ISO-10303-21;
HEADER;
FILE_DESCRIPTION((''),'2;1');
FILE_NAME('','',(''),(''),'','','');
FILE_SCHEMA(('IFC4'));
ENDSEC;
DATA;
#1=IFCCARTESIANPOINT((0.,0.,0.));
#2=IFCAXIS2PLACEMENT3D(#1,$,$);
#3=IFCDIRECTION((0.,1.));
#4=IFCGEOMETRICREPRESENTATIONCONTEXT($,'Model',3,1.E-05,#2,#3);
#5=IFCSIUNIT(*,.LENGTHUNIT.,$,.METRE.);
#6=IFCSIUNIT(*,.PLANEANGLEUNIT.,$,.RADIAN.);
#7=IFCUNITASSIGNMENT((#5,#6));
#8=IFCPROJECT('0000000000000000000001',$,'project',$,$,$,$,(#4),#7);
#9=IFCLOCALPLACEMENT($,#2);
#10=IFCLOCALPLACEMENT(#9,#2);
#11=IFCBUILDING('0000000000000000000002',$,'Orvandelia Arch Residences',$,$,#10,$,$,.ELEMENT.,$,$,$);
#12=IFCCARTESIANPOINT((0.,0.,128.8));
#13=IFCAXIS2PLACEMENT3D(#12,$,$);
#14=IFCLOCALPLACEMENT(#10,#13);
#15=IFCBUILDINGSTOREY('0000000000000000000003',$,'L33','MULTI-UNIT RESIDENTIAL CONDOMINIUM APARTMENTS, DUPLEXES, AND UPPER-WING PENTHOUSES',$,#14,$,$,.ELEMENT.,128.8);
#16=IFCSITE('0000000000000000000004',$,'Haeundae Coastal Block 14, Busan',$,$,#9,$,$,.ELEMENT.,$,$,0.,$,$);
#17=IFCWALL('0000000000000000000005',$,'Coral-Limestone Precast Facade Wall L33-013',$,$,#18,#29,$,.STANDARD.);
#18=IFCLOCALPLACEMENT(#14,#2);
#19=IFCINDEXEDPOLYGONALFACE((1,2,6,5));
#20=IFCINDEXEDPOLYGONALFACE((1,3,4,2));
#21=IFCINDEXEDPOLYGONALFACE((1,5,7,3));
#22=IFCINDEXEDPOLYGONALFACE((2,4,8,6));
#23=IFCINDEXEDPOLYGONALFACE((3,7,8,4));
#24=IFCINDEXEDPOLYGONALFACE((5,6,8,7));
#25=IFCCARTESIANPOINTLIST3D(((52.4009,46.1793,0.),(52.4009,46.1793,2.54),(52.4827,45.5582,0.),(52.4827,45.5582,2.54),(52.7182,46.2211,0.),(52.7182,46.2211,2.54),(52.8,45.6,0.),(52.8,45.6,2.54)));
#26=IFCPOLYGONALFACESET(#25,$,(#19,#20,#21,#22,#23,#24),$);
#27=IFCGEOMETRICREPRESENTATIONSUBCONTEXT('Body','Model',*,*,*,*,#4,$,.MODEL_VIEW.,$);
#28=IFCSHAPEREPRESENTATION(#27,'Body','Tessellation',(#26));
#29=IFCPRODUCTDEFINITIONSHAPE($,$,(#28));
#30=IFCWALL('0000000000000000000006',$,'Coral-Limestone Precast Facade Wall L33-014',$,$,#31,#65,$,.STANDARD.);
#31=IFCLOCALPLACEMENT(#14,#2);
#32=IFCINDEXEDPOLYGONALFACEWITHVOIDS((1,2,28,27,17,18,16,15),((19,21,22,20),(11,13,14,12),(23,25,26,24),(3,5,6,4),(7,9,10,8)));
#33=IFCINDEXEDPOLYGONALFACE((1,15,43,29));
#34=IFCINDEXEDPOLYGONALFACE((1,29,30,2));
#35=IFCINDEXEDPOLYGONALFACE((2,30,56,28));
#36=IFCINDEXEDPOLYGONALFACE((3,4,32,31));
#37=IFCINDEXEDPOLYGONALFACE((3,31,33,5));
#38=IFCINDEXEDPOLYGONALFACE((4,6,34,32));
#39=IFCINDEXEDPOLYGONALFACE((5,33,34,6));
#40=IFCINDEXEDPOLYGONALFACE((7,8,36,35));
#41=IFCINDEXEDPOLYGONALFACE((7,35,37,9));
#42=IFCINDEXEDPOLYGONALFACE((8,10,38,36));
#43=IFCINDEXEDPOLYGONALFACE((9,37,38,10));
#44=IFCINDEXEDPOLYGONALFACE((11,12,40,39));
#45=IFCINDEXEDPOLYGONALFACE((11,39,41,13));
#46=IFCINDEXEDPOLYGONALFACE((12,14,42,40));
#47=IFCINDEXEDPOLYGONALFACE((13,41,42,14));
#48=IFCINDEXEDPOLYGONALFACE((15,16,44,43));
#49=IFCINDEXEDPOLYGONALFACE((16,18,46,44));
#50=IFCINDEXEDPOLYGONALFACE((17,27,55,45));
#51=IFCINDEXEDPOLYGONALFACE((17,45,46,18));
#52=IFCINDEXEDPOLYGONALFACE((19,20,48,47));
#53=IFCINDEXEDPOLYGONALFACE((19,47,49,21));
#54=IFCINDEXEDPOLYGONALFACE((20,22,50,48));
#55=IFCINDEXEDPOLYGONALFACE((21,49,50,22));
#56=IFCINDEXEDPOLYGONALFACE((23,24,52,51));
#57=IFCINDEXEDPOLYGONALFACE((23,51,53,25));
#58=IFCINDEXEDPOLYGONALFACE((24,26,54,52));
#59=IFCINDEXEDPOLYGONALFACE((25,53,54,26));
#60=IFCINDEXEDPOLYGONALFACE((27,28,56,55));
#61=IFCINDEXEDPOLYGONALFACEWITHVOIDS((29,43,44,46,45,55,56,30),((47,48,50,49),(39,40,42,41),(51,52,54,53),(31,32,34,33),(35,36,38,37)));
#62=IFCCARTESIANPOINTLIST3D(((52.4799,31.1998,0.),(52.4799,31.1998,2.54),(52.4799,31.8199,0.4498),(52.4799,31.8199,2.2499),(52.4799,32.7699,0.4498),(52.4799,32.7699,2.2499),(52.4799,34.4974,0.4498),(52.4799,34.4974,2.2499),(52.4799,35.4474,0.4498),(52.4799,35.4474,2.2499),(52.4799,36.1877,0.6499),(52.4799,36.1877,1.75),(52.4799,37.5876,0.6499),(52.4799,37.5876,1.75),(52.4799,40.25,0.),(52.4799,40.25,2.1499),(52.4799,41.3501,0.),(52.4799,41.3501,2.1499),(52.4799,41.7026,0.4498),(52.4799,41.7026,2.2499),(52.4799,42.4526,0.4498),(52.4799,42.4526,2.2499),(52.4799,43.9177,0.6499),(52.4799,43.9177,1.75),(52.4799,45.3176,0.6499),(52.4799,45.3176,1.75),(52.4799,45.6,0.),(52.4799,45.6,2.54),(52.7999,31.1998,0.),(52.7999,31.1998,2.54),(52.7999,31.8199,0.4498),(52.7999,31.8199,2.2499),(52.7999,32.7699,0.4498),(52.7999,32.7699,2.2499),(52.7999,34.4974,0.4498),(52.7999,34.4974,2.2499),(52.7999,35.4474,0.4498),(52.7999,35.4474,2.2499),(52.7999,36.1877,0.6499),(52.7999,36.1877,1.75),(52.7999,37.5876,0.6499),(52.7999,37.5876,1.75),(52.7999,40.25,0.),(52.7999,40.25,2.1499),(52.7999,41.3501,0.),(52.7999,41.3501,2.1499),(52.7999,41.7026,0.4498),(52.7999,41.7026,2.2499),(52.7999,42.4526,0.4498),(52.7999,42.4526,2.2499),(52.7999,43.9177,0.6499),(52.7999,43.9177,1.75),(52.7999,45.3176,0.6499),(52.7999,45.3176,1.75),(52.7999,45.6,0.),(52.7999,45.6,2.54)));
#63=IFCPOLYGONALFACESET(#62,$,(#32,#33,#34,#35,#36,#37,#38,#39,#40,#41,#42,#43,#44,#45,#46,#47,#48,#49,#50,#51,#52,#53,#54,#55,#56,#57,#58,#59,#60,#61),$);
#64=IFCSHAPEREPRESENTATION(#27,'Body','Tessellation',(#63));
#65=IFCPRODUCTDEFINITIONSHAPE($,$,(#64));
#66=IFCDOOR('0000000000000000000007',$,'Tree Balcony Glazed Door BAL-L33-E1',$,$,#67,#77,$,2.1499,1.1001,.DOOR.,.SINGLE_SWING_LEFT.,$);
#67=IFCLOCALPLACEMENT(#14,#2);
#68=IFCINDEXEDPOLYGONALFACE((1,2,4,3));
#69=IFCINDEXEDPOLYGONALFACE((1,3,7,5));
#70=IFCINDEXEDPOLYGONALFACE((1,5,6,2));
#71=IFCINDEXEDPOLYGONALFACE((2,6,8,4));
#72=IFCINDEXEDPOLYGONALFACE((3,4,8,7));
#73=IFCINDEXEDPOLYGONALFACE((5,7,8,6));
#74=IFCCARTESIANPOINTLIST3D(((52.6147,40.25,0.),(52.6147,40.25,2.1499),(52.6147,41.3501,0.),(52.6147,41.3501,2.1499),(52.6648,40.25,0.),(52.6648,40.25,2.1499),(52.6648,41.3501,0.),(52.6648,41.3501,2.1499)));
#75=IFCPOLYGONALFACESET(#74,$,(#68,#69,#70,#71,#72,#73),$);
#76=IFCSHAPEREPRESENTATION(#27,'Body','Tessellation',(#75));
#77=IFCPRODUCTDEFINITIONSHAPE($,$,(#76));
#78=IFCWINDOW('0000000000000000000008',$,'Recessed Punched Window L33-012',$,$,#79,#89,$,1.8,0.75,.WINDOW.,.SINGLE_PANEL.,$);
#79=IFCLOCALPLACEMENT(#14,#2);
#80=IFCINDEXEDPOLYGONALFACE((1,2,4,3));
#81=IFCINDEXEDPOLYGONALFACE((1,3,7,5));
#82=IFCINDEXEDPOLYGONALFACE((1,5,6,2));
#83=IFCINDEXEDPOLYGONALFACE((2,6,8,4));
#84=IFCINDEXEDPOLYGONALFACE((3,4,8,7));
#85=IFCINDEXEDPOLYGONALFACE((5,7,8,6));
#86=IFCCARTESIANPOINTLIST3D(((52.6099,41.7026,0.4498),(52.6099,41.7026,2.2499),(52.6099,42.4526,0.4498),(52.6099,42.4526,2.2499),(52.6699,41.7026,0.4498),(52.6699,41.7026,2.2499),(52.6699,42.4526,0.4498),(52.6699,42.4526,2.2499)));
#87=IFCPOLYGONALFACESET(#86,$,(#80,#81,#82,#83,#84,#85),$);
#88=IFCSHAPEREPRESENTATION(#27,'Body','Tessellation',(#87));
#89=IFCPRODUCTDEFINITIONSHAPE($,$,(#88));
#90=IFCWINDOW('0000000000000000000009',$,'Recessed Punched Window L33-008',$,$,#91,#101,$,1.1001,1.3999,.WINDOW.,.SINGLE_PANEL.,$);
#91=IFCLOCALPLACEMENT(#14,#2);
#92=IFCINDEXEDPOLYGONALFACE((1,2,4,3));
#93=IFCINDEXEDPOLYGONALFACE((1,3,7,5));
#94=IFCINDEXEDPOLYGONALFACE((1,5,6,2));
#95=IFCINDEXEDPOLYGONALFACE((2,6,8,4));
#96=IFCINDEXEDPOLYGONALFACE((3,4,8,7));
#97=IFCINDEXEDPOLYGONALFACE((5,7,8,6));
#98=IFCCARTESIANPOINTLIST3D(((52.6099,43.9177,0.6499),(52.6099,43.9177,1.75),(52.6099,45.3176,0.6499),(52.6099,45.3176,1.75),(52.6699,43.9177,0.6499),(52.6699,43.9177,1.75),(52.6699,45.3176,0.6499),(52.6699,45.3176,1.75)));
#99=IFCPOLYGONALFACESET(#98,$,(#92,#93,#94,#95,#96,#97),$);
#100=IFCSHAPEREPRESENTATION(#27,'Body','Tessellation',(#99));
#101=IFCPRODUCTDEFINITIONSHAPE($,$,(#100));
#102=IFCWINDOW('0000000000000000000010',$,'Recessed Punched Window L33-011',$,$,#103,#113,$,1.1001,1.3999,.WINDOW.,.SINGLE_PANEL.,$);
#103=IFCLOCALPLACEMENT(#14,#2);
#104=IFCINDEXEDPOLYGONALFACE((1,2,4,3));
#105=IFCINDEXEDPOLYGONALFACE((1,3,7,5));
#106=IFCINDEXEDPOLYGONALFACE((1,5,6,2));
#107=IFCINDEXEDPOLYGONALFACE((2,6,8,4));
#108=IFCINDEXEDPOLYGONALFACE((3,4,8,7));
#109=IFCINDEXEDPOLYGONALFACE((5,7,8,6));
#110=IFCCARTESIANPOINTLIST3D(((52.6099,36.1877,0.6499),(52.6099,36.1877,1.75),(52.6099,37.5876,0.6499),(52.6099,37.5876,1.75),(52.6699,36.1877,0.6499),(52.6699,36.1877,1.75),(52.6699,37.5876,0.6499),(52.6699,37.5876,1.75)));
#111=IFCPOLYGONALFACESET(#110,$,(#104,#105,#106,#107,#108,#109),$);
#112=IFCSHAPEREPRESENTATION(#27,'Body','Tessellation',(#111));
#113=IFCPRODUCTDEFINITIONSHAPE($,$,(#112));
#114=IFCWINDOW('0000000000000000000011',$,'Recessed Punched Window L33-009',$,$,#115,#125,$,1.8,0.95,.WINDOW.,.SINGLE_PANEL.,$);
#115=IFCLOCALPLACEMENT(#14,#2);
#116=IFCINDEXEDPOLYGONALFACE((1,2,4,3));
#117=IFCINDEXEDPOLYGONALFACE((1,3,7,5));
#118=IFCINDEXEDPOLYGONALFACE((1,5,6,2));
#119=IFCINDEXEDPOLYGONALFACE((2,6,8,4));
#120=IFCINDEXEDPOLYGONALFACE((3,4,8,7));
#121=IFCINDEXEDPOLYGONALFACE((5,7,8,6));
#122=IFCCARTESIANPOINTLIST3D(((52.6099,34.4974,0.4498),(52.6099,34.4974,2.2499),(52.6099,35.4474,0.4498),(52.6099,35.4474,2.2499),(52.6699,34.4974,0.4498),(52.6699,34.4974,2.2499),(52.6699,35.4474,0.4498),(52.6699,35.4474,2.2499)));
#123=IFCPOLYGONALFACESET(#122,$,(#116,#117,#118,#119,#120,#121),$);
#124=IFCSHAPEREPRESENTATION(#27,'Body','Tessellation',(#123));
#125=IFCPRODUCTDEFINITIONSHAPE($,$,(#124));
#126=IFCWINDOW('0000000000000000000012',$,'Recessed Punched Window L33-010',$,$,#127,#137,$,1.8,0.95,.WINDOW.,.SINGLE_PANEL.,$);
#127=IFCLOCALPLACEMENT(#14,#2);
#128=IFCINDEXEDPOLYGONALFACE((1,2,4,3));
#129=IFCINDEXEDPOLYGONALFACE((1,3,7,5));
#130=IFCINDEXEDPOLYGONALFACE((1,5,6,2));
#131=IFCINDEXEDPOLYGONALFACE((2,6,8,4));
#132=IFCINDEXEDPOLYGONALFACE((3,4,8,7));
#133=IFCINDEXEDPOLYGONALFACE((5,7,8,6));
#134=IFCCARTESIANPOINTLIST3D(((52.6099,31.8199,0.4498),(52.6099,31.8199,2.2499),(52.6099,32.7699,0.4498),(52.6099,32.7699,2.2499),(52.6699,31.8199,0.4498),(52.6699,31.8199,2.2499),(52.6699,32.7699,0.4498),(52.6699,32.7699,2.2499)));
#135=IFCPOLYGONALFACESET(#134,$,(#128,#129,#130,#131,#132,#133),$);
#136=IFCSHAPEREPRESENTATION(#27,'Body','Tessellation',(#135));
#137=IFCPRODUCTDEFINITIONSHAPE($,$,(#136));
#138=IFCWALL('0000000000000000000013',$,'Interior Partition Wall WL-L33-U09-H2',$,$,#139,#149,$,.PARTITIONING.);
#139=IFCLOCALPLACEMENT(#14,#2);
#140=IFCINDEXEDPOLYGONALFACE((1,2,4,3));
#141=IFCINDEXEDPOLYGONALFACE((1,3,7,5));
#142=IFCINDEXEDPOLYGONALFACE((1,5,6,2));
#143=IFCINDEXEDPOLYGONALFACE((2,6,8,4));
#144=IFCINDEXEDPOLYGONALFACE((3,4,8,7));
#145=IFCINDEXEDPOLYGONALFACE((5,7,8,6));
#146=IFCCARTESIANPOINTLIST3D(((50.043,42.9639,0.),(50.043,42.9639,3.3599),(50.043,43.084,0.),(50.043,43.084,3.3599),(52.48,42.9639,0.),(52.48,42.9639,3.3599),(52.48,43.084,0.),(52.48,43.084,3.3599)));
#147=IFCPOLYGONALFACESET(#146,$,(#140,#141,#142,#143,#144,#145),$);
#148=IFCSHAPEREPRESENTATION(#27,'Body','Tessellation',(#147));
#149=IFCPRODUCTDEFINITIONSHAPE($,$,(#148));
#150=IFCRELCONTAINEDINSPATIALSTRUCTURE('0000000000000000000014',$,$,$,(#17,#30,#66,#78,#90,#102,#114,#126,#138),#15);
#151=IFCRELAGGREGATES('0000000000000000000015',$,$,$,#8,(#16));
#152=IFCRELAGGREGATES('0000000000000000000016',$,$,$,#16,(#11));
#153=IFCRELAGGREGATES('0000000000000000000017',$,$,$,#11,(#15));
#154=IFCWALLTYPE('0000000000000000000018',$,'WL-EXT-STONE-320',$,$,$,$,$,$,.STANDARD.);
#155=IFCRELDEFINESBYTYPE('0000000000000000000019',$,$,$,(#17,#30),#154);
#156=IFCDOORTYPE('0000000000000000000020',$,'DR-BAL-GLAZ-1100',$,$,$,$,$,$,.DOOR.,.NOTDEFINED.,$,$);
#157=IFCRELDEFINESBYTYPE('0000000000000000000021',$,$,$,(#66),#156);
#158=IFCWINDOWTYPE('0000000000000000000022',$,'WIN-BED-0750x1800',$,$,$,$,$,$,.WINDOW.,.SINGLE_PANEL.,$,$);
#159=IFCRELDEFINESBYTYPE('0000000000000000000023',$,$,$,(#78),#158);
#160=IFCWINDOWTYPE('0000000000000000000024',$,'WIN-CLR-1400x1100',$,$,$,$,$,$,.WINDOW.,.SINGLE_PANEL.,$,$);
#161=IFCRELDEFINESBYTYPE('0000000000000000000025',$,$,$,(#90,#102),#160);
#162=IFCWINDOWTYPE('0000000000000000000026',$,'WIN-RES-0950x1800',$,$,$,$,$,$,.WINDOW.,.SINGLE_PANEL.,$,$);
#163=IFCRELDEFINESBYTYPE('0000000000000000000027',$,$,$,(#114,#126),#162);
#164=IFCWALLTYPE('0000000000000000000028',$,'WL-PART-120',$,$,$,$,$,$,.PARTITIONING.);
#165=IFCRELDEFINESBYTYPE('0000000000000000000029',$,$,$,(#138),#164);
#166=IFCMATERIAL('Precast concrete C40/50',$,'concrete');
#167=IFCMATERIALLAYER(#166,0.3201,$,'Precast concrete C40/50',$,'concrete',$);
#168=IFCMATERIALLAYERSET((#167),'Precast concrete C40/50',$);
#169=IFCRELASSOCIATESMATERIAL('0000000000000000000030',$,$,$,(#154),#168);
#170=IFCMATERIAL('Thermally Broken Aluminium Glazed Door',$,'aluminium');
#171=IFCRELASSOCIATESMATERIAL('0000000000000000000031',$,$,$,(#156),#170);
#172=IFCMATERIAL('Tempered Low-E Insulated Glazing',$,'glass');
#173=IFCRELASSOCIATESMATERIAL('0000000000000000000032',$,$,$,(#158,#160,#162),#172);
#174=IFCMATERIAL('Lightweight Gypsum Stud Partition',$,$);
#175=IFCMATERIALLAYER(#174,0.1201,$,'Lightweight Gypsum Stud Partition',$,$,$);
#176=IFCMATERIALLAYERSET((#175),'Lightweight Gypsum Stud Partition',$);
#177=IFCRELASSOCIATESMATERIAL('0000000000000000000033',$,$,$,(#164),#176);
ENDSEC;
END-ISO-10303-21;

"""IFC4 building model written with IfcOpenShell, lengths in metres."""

from ifc_helpers import new_model, si_unit, direction, frame, frame_2d, origin, place, context, subcontext, project, spatial, rectangle, extrude, material, layer, layer_set, type_object, element, fill, save


model = new_model("IFC4")

# Units and contexts
model_context = context("Model", 3, precision=1e-05, world=origin(), true_north=direction((0.0, 1.0)))
body_context = subcontext(model_context, "Body", "Model", "MODEL_VIEW")
ifc_project = project(units=[si_unit("LENGTHUNIT", "METRE"), si_unit("PLANEANGLEUNIT", "RADIAN")], contexts=[model_context])

# Site, building, storey
site_placement = place(None, origin())
site = spatial("IfcSite", under=ifc_project, at=site_placement, Name="Haeundae Coastal Block 14, Busan", CompositionType="ELEMENT", RefElevation=0.0)
building_placement = place(site_placement, origin())
building = spatial("IfcBuilding", under=site, at=building_placement, Name="Orvandelia Arch Residences", CompositionType="ELEMENT")
storey_placement = place(building_placement, frame((0.0, 0.0, 128.8)))
storey = spatial("IfcBuildingStorey", under=building, at=storey_placement, Name="L33", Description="MULTI-UNIT RESIDENTIAL CONDOMINIUM APARTMENTS, DUPLEXES, AND UPPER-WING PENTHOUSES", CompositionType="ELEMENT", Elevation=128.8)

# Wall
ifc_material_1 = material(Name="Precast concrete C40/50", Category="concrete")
ifc_layer_1 = layer(ifc_material_1, 0.3201, Name="Precast concrete C40/50", Category="concrete")
ifc_layer_set_1 = layer_set([ifc_layer_1], Name="Precast concrete C40/50")
wall_type_1 = type_object("IfcWallType", Name="WL-EXT-STONE-320", PredefinedType="STANDARD", material=ifc_layer_set_1)
for number, where, z_axis, x_axis, name in (
    (1, (52.5596, 46.2002, 0.0), (0.0, 0.0, 1.0), (0.130555, -0.991441, 0.0), "Coral-Limestone Precast Facade Wall L33-013"),
):
    element("IfcWall", number, at=place(storey_placement, frame(where, z_axis=z_axis, x_axis=x_axis)), inside=storey, type_object=wall_type_1, Name=name, PredefinedType="STANDARD", context=body_context, shape_type="SweptSolid", body=[
        extrude(rectangle(XDim=0.6265, YDim=0.3201, at=frame_2d((0.3132, 0.0))), origin(), (0.0, 0.0, 1.0), 2.54),
    ])

# Wall, openings, door, windows
wall_1_placement = place(storey_placement, frame((52.6399, 45.6001, 0.0), z_axis=(0.0, 0.0, 1.0), x_axis=(0.0, -1.0, 0.0)))
wall_1 = element("IfcWall", 2, at=wall_1_placement, inside=storey, type_object=wall_type_1, Name="Coral-Limestone Precast Facade Wall L33-014", PredefinedType="STANDARD", context=body_context, shape_type="SweptSolid", body=[
    extrude(rectangle(XDim=14.4001, YDim=0.3201, at=frame_2d((7.2002, 0.0))), origin(), (0.0, 0.0, 1.0), 2.54),
])
opening_1_placement = place(wall_1_placement, frame((4.25, 0.0, 0.0)))
opening_1 = element("IfcOpeningElement", 3, at=opening_1_placement, cuts=wall_1, PredefinedType="OPENING", context=body_context, shape_type="SweptSolid", body=[
    extrude(rectangle(XDim=1.1001, YDim=2.1499, at=frame_2d((0.55, 1.075))), frame((0.0, 0.1699, 0.0), z_axis=(0.0, -1.0, 0.0), x_axis=(1.0, 0.0, 0.0)), (0.0, 0.0, 1.0), 0.3401),
])
opening_2_placement = place(wall_1_placement, frame((0.2825, 0.0, 0.6499)))
opening_2 = element("IfcOpeningElement", 4, at=opening_2_placement, cuts=wall_1, PredefinedType="OPENING", context=body_context, shape_type="SweptSolid", body=[
    extrude(rectangle(XDim=1.3999, YDim=1.1001, at=frame_2d((0.7, 0.55))), frame((0.0, 0.1699, 0.0), z_axis=(0.0, -1.0, 0.0), x_axis=(1.0, 0.0, 0.0)), (0.0, 0.0, 1.0), 0.3401),
])
opening_3_placement = place(wall_1_placement, frame((10.1526, 0.0, 0.45)))
opening_3 = element("IfcOpeningElement", 5, at=opening_3_placement, cuts=wall_1, PredefinedType="OPENING", context=body_context, shape_type="SweptSolid", body=[
    extrude(rectangle(XDim=0.95, YDim=1.8, at=frame_2d((0.4751, 0.8999))), frame((0.0, 0.1699, 0.0), z_axis=(0.0, -1.0, 0.0), x_axis=(1.0, 0.0, 0.0)), (0.0, 0.0, 1.0), 0.3401),
])
opening_4_placement = place(wall_1_placement, frame((12.8301, 0.0, 0.45)))
opening_4 = element("IfcOpeningElement", 6, at=opening_4_placement, cuts=wall_1, PredefinedType="OPENING", context=body_context, shape_type="SweptSolid", body=[
    extrude(rectangle(XDim=0.95, YDim=1.8, at=frame_2d((0.4751, 0.8999))), frame((0.0, 0.1699, 0.0), z_axis=(0.0, -1.0, 0.0), x_axis=(1.0, 0.0, 0.0)), (0.0, 0.0, 1.0), 0.3401),
])
opening_5_placement = place(wall_1_placement, frame((8.0125, 0.0, 0.6499)))
opening_5 = element("IfcOpeningElement", 7, at=opening_5_placement, cuts=wall_1, PredefinedType="OPENING", context=body_context, shape_type="SweptSolid", body=[
    extrude(rectangle(XDim=1.3999, YDim=1.1001, at=frame_2d((0.7, 0.55))), frame((0.0, 0.1699, 0.0), z_axis=(0.0, -1.0, 0.0), x_axis=(1.0, 0.0, 0.0)), (0.0, 0.0, 1.0), 0.3401),
])
opening_6_placement = place(wall_1_placement, frame((3.1475, 0.0, 0.45)))
opening_6 = element("IfcOpeningElement", 8, at=opening_6_placement, cuts=wall_1, PredefinedType="OPENING", context=body_context, shape_type="SweptSolid", body=[
    extrude(rectangle(XDim=0.75, YDim=1.8, at=frame_2d((0.375, 0.8999))), frame((0.0, 0.1699, 0.0), z_axis=(0.0, -1.0, 0.0), x_axis=(1.0, 0.0, 0.0)), (0.0, 0.0, 1.0), 0.3401),
])
ifc_material_2 = material(Name="Thermally Broken Aluminium Glazed Door", Category="aluminium")
door_type_1 = type_object("IfcDoorType", Name="DR-BAL-GLAZ-1100", OperationType="NOTDEFINED", PredefinedType="DOOR", material=ifc_material_2)
door_1_placement = place(opening_1_placement, origin())
door_1 = element("IfcDoor", 9, at=door_1_placement, inside=storey, type_object=door_type_1, Name="Tree Balcony Glazed Door BAL-L33-E1", OperationType="SINGLE_SWING_LEFT", OverallHeight=2.1499, OverallWidth=1.1001, PredefinedType="DOOR", context=body_context, shape_type="SweptSolid", body=[
    extrude(rectangle(XDim=1.1001, YDim=2.1499, at=frame_2d((0.55, 1.075))), frame((0.0, 0.0249, 0.0), z_axis=(0.0, -1.0, 0.0), x_axis=(1.0, 0.0, 0.0)), (0.0, 0.0, 1.0), 0.05),
])
fill(opening_1, door_1)
ifc_material_3 = material(Name="Tempered Low-E Insulated Glazing", Category="glass")
window_type_1 = type_object("IfcWindowType", Name="WIN-BED-0750x1800", PartitioningType="SINGLE_PANEL", PredefinedType="WINDOW", material=ifc_material_3)
window_1_placement = place(opening_6_placement, origin())
window_1 = element("IfcWindow", 10, at=window_1_placement, inside=storey, type_object=window_type_1, Name="Recessed Punched Window L33-012", OverallHeight=1.8, OverallWidth=0.75, PartitioningType="SINGLE_PANEL", PredefinedType="WINDOW", context=body_context, shape_type="SweptSolid", body=[
    extrude(rectangle(XDim=0.75, YDim=1.8, at=frame_2d((0.375, 0.8999))), frame((0.0, 0.03, 0.0), z_axis=(0.0, -1.0, 0.0), x_axis=(1.0, 0.0, 0.0)), (0.0, 0.0, 1.0), 0.0601),
])
fill(opening_6, window_1)
window_type_2 = type_object("IfcWindowType", Name="WIN-CLR-1400x1100", PartitioningType="SINGLE_PANEL", PredefinedType="WINDOW", material=ifc_material_3)
window_2_placement = place(opening_2_placement, origin())
window_2 = element("IfcWindow", 11, at=window_2_placement, inside=storey, type_object=window_type_2, Name="Recessed Punched Window L33-008", OverallHeight=1.1001, OverallWidth=1.3999, PartitioningType="SINGLE_PANEL", PredefinedType="WINDOW", context=body_context, shape_type="SweptSolid", body=[
    extrude(rectangle(XDim=1.3999, YDim=1.1001, at=frame_2d((0.7, 0.55))), frame((0.0, 0.03, 0.0), z_axis=(0.0, -1.0, 0.0), x_axis=(1.0, 0.0, 0.0)), (0.0, 0.0, 1.0), 0.0601),
])
fill(opening_2, window_2)
window_3_placement = place(opening_5_placement, origin())
window_3 = element("IfcWindow", 12, at=window_3_placement, inside=storey, type_object=window_type_2, Name="Recessed Punched Window L33-011", OverallHeight=1.1001, OverallWidth=1.3999, PartitioningType="SINGLE_PANEL", PredefinedType="WINDOW", context=body_context, shape_type="SweptSolid", body=[
    extrude(rectangle(XDim=1.3999, YDim=1.1001, at=frame_2d((0.7, 0.55))), frame((0.0, 0.03, 0.0), z_axis=(0.0, -1.0, 0.0), x_axis=(1.0, 0.0, 0.0)), (0.0, 0.0, 1.0), 0.0601),
])
fill(opening_5, window_3)
window_type_3 = type_object("IfcWindowType", Name="WIN-RES-0950x1800", PartitioningType="SINGLE_PANEL", PredefinedType="WINDOW", material=ifc_material_3)
window_4_placement = place(opening_3_placement, origin())
window_4 = element("IfcWindow", 13, at=window_4_placement, inside=storey, type_object=window_type_3, Name="Recessed Punched Window L33-009", OverallHeight=1.8, OverallWidth=0.95, PartitioningType="SINGLE_PANEL", PredefinedType="WINDOW", context=body_context, shape_type="SweptSolid", body=[
    extrude(rectangle(XDim=0.95, YDim=1.8, at=frame_2d((0.4751, 0.8999))), frame((0.0, 0.03, 0.0), z_axis=(0.0, -1.0, 0.0), x_axis=(1.0, 0.0, 0.0)), (0.0, 0.0, 1.0), 0.0601),
])
fill(opening_3, window_4)
window_5_placement = place(opening_4_placement, origin())
window_5 = element("IfcWindow", 14, at=window_5_placement, inside=storey, type_object=window_type_3, Name="Recessed Punched Window L33-010", OverallHeight=1.8, OverallWidth=0.95, PartitioningType="SINGLE_PANEL", PredefinedType="WINDOW", context=body_context, shape_type="SweptSolid", body=[
    extrude(rectangle(XDim=0.95, YDim=1.8, at=frame_2d((0.4751, 0.8999))), frame((0.0, 0.03, 0.0), z_axis=(0.0, -1.0, 0.0), x_axis=(1.0, 0.0, 0.0)), (0.0, 0.0, 1.0), 0.0601),
])
fill(opening_4, window_5)

# Wall
ifc_material_4 = material(Name="Lightweight Gypsum Stud Partition")
ifc_layer_2 = layer(ifc_material_4, 0.1201, Name="Lightweight Gypsum Stud Partition")
ifc_layer_set_2 = layer_set([ifc_layer_2], Name="Lightweight Gypsum Stud Partition")
wall_type_2 = type_object("IfcWallType", Name="WL-PART-120", PredefinedType="PARTITIONING", material=ifc_layer_set_2)
wall_2_placement = place(storey_placement, frame((50.043, 43.0239, 0.0), z_axis=(0.0, 0.0, 1.0), x_axis=(1.0, 0.0, 0.0)))
element("IfcWall", 15, at=wall_2_placement, inside=storey, type_object=wall_type_2, Name="Interior Partition Wall WL-L33-U09-H2", PredefinedType="PARTITIONING", context=body_context, shape_type="SweptSolid", body=[
    extrude(rectangle(XDim=2.437, YDim=0.1201, at=frame_2d((1.2185, 0.0))), origin(), (0.0, 0.0, 1.0), 3.3599),
])

save(model, "model.ifc")
